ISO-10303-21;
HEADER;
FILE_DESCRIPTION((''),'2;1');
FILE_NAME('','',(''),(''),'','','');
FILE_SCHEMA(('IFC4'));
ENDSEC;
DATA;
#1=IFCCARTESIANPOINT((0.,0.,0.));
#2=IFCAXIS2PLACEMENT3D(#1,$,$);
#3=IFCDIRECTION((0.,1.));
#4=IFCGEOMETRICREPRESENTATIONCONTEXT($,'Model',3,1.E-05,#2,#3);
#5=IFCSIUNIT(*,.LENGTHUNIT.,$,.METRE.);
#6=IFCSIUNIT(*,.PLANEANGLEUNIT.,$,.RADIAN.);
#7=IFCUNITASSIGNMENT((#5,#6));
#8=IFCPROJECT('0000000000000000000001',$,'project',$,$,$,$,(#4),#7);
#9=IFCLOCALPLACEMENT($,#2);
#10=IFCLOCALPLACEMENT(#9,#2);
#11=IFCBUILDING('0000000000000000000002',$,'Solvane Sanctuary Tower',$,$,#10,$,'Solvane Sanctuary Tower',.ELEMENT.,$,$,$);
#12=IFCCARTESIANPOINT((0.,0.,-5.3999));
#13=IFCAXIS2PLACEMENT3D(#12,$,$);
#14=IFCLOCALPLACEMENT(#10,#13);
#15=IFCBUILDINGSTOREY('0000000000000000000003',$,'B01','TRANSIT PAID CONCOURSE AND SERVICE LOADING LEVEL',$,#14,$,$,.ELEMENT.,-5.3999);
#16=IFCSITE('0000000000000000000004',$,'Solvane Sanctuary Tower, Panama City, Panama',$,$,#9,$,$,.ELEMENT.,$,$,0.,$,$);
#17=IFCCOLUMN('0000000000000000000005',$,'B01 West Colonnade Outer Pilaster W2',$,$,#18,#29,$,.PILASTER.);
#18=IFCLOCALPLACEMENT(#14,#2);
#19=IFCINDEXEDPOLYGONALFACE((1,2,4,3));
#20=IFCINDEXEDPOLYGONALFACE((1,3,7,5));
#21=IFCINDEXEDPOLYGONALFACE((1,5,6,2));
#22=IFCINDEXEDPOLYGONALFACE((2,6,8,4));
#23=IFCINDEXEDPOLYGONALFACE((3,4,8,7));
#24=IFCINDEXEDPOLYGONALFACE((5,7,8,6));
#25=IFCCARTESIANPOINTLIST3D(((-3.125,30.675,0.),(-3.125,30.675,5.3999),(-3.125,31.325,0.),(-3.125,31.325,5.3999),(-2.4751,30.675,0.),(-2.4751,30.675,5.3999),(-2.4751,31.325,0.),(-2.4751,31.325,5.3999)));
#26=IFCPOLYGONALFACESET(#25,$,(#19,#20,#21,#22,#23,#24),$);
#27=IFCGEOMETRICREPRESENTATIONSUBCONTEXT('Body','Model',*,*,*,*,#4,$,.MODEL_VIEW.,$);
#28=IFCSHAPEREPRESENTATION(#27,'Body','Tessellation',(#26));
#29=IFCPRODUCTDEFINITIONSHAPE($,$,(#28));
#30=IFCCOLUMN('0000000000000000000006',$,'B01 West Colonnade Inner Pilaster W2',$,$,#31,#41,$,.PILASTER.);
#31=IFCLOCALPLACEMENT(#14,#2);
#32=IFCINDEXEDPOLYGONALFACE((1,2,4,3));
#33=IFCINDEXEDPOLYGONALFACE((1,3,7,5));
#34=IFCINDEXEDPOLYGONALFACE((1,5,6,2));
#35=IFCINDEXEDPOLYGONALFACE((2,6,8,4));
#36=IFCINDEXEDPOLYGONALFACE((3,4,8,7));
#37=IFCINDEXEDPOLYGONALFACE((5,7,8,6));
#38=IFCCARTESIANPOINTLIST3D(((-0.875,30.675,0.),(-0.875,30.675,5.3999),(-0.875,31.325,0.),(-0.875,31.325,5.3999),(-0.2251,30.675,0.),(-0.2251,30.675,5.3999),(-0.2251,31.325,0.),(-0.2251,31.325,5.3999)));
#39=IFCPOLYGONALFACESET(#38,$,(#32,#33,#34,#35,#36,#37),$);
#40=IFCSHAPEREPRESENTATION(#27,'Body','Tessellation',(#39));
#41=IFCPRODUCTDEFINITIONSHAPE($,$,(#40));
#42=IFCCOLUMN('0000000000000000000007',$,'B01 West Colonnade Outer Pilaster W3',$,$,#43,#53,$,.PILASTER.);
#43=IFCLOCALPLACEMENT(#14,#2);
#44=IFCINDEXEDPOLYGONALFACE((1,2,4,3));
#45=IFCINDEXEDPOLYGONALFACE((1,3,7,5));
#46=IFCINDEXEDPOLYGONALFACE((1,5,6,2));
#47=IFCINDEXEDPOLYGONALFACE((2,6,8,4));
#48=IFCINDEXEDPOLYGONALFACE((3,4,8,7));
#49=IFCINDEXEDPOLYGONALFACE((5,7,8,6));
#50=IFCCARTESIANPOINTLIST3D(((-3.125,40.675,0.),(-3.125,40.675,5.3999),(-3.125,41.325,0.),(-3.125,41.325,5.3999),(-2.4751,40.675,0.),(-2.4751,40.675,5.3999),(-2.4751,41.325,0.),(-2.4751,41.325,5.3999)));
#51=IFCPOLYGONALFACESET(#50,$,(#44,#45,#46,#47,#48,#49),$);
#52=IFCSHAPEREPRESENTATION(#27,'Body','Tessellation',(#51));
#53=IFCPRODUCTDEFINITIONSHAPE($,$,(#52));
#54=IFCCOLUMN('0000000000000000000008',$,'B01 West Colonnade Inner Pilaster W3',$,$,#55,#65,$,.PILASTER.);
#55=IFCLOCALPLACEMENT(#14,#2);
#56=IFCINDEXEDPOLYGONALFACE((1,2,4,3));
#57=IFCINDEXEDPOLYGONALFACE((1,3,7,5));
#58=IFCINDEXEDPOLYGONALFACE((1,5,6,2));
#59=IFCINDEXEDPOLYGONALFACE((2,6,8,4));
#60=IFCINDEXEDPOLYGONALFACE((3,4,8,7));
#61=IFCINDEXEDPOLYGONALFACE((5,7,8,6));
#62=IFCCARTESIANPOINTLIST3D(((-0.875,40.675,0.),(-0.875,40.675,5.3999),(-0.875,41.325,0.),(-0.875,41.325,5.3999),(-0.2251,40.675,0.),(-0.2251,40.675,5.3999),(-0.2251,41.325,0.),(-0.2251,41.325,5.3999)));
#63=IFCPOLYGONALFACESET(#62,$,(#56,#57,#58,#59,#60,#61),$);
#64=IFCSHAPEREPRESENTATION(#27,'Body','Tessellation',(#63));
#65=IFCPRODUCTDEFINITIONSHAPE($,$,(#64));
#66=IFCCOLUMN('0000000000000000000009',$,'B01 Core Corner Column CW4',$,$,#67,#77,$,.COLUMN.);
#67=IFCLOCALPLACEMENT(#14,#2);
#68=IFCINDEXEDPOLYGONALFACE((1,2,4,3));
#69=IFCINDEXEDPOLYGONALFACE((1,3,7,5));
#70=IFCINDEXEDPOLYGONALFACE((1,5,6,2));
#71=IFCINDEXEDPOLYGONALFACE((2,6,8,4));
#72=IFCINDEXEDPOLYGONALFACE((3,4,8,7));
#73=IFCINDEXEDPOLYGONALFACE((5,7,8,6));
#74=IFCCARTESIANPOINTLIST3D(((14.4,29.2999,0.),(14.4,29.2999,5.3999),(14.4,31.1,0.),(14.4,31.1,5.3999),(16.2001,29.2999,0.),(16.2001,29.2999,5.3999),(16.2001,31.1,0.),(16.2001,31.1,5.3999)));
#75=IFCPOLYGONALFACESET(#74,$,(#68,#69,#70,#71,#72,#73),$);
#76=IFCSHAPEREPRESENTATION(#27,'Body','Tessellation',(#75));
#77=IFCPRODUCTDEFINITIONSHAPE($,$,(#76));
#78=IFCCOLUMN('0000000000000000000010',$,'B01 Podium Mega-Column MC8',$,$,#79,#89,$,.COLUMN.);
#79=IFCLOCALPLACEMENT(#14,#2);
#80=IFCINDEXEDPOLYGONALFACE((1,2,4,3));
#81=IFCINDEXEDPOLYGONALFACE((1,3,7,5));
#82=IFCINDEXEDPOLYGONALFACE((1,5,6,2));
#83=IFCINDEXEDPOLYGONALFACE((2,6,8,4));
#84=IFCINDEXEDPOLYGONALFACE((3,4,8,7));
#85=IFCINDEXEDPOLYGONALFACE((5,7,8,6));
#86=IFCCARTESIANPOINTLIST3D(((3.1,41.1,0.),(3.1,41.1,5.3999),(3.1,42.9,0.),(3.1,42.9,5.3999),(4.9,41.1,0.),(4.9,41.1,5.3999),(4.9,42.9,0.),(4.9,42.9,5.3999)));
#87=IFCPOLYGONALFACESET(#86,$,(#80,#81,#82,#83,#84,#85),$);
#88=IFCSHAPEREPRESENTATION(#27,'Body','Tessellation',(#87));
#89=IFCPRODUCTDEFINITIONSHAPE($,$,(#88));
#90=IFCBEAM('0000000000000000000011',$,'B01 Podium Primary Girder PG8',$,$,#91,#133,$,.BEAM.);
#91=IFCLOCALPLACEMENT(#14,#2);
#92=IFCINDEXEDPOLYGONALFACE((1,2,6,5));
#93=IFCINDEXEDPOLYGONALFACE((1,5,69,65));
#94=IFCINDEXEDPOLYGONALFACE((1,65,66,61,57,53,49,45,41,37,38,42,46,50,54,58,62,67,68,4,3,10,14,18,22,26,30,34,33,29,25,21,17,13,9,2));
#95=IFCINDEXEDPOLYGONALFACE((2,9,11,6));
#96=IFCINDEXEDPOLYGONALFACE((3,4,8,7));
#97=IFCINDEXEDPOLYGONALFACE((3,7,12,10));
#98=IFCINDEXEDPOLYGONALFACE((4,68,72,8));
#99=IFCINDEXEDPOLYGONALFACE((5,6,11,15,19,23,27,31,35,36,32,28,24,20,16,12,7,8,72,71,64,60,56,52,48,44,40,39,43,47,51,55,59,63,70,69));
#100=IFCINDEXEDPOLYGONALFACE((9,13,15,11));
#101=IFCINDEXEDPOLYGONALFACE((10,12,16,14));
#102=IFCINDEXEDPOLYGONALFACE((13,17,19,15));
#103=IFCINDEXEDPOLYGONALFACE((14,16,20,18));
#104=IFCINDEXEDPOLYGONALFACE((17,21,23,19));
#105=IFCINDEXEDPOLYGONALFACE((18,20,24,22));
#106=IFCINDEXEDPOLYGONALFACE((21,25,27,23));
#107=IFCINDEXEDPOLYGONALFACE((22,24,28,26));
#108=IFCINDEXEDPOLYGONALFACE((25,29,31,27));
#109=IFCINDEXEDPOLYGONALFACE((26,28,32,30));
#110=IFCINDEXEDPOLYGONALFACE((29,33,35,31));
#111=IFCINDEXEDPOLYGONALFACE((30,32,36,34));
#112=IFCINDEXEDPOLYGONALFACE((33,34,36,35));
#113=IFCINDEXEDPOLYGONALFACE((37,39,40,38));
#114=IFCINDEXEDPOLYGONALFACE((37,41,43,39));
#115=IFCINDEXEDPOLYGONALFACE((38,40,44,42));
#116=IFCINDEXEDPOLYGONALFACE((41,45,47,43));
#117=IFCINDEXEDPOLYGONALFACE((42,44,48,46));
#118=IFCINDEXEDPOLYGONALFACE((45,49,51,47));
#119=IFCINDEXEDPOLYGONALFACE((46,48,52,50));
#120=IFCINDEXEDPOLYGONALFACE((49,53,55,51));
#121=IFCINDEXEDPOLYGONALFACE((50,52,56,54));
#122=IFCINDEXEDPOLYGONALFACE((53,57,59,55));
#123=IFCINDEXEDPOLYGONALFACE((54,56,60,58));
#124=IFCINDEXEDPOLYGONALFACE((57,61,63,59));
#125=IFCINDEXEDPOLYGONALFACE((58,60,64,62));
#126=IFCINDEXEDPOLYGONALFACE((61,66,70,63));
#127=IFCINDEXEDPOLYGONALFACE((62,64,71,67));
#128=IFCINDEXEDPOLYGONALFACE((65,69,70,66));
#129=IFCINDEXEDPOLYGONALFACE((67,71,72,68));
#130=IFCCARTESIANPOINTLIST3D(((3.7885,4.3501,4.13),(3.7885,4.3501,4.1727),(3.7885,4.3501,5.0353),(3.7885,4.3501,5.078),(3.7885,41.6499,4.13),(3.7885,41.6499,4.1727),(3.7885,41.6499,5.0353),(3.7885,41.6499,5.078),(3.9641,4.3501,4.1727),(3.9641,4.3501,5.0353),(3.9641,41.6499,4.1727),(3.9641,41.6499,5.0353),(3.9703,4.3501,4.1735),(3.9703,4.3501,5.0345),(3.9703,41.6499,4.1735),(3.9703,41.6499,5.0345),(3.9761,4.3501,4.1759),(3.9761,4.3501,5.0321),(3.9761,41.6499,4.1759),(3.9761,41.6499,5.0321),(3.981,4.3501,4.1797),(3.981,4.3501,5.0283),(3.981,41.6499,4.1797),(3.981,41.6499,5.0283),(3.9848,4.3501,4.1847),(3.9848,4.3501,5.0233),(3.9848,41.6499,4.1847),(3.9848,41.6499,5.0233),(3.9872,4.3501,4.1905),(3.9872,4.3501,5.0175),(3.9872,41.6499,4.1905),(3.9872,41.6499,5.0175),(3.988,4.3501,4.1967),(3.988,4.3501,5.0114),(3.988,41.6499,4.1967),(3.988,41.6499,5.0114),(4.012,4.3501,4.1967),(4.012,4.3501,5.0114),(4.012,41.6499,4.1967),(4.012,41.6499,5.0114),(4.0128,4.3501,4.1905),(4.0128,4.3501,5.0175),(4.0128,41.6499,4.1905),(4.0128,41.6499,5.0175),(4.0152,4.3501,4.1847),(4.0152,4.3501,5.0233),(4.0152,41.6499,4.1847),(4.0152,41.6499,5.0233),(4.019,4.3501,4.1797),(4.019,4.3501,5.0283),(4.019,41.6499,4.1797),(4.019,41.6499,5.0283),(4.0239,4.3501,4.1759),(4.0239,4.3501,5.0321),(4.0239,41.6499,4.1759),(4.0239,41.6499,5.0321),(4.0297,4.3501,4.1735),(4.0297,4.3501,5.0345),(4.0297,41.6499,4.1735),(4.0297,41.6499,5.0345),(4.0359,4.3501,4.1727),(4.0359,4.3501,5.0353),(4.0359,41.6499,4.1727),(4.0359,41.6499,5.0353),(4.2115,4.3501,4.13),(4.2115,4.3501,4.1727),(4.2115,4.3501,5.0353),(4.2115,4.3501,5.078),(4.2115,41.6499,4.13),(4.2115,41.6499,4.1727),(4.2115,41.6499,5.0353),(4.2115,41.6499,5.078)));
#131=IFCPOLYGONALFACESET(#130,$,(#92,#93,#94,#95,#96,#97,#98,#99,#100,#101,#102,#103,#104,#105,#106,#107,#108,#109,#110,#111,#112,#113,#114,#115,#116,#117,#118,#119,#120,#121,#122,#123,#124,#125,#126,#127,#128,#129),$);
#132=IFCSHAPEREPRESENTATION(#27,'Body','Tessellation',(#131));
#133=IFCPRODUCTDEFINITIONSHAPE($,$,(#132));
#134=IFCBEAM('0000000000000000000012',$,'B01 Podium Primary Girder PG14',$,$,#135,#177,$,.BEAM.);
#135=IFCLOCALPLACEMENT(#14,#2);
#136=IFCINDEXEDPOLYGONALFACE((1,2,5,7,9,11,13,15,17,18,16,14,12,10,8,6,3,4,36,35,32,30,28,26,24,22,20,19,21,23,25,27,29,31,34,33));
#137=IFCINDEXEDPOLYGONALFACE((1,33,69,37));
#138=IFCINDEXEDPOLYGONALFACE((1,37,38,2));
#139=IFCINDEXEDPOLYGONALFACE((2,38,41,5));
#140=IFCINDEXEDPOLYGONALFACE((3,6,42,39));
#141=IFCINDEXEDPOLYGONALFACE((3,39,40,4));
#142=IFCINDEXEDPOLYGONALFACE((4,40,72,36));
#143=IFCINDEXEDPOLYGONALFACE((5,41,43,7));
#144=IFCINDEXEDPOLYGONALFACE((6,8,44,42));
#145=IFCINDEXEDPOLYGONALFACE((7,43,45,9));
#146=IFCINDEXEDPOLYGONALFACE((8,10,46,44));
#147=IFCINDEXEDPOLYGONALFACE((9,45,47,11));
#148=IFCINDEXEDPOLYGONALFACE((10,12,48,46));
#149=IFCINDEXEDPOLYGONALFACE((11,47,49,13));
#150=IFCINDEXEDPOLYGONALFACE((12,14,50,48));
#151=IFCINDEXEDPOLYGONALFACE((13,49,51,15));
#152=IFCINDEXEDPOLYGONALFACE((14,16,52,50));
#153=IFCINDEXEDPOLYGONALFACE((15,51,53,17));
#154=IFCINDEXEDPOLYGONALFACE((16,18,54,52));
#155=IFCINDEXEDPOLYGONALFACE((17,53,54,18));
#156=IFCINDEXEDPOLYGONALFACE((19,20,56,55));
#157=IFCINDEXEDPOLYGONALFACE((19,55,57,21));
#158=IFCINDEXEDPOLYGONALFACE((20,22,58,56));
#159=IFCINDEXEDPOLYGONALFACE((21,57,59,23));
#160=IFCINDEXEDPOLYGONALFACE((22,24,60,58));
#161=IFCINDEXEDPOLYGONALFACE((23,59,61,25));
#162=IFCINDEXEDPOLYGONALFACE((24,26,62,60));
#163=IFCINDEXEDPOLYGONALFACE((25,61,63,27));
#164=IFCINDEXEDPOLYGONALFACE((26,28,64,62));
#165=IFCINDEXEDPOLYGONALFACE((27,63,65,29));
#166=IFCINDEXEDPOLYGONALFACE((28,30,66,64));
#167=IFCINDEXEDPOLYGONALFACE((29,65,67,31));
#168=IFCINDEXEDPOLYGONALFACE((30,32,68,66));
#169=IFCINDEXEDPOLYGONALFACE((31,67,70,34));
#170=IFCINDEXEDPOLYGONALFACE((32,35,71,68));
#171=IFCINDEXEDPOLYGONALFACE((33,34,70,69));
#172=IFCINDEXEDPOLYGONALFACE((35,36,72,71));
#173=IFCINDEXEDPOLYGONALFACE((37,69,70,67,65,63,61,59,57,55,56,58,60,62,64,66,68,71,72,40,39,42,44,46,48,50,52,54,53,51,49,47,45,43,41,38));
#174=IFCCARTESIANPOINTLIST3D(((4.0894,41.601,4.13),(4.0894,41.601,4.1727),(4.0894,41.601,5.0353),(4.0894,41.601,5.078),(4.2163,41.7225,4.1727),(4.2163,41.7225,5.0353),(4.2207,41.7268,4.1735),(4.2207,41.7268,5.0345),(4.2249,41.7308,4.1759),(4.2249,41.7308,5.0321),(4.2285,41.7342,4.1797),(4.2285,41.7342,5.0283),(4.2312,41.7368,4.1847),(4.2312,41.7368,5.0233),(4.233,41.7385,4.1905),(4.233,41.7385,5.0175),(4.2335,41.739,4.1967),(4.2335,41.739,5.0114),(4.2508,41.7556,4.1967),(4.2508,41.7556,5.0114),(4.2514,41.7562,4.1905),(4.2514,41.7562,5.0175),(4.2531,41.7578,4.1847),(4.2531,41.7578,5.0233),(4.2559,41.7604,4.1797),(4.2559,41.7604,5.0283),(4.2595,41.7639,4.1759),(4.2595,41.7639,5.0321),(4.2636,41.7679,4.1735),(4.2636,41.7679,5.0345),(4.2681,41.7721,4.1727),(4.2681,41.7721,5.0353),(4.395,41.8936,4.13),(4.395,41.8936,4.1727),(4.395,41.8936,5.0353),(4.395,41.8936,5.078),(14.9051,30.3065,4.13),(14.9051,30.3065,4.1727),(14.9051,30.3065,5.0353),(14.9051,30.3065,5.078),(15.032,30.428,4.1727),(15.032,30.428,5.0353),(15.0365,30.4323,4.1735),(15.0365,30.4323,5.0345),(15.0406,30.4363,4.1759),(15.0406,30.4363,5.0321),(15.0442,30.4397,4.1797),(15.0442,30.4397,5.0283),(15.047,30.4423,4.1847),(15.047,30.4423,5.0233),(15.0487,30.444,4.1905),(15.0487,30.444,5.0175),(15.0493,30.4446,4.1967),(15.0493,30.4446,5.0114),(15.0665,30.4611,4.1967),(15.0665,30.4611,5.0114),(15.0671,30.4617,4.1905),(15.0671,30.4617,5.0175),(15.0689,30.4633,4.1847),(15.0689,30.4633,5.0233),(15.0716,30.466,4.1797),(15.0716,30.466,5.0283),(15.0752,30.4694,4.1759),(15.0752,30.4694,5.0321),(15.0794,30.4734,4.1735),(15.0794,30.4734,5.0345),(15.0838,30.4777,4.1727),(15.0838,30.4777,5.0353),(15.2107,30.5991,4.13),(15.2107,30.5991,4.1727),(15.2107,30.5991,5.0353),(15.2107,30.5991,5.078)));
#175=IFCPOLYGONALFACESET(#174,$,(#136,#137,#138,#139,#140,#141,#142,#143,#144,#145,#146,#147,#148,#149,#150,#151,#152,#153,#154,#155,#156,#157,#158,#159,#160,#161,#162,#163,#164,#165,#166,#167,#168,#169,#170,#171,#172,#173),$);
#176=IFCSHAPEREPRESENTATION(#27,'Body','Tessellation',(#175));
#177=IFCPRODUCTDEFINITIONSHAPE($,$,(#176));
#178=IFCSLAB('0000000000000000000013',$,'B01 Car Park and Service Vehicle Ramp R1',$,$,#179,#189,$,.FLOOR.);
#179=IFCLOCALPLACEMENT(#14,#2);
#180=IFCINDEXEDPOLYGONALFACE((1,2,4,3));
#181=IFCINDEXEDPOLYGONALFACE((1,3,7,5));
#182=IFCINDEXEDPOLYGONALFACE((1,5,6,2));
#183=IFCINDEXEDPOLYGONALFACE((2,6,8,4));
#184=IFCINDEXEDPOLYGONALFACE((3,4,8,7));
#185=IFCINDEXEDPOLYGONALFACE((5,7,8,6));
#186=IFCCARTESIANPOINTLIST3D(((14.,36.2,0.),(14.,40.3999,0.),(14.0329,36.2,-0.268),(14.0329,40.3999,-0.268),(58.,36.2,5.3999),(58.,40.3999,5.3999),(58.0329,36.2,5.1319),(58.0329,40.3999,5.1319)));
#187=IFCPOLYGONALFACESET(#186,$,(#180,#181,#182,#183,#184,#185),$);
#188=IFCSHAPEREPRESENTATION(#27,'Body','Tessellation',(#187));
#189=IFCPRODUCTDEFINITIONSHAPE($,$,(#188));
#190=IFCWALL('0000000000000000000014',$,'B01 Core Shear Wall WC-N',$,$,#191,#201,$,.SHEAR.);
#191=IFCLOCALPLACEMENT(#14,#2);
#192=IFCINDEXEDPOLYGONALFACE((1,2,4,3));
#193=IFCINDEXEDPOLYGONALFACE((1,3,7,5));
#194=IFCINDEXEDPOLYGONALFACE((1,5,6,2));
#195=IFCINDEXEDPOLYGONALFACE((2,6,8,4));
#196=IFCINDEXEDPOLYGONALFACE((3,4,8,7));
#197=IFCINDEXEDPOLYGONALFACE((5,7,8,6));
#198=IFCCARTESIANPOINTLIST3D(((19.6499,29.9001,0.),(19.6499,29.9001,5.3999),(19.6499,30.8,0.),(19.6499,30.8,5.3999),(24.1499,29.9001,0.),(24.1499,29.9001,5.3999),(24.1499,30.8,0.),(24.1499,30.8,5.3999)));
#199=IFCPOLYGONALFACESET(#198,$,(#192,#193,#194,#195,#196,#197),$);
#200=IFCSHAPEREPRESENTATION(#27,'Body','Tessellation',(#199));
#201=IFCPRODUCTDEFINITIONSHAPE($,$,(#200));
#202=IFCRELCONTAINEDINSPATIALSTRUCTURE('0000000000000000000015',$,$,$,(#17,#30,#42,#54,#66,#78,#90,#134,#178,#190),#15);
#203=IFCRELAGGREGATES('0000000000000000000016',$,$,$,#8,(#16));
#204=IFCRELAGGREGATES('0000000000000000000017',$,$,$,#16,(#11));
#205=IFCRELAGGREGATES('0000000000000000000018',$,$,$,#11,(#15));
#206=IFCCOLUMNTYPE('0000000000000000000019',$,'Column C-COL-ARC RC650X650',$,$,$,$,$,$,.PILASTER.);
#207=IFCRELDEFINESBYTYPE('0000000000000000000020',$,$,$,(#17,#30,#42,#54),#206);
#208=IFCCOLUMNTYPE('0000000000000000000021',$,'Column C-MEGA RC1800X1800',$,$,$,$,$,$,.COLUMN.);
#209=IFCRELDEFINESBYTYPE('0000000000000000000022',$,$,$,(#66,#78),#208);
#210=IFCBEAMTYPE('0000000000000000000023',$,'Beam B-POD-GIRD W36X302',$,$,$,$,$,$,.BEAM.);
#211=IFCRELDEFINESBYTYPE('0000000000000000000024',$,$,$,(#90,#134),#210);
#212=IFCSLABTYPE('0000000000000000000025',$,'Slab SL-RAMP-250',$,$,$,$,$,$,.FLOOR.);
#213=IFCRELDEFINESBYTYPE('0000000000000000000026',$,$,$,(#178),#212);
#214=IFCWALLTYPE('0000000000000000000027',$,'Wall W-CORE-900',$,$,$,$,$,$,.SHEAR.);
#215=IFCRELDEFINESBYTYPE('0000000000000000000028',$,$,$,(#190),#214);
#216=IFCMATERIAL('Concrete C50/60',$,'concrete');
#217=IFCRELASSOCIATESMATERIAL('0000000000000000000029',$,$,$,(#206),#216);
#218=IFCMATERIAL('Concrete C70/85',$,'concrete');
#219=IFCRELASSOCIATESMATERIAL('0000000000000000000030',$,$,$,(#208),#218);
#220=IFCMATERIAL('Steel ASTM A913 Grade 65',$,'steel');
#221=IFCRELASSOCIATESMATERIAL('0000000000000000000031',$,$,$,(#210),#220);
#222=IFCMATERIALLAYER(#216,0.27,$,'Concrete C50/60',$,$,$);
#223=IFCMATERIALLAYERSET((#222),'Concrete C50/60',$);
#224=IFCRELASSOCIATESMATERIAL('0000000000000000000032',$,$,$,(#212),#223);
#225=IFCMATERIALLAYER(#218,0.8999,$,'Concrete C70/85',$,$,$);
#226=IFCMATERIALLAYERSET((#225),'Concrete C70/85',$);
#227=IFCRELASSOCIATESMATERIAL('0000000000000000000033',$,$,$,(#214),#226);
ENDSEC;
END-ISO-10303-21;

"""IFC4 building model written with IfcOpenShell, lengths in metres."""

from ifc_helpers import new_model, si_unit, direction, frame, frame_2d, origin, origin_2d, place, context, subcontext, project, spatial, polyline, rectangle, i_section, outline, extrude, material, layer, layer_set, material_profile, profile_set, type_object, element, save


model = new_model("IFC4")

# Units and contexts
model_context = context("Model", 3, precision=1e-05, world=origin(), true_north=direction((0.0, 1.0)))
body_context = subcontext(model_context, "Body", "Model", "MODEL_VIEW")
ifc_project = project(units=[si_unit("LENGTHUNIT", "METRE"), si_unit("PLANEANGLEUNIT", "RADIAN")], contexts=[model_context])

# Site, building, storey
site_placement = place(None, origin())
site = spatial("IfcSite", under=ifc_project, at=site_placement, Name="Solvane Sanctuary Tower, Panama City, Panama", CompositionType="ELEMENT", RefElevation=0.0)
building_placement = place(site_placement, origin())
building = spatial("IfcBuilding", under=site, at=building_placement, Name="Solvane Sanctuary Tower", LongName="Solvane Sanctuary Tower", CompositionType="ELEMENT")
storey_placement = place(building_placement, frame((0.0, 0.0, -5.3999)))
storey = spatial("IfcBuildingStorey", under=building, at=storey_placement, Name="B01", Description="TRANSIT PAID CONCOURSE AND SERVICE LOADING LEVEL", CompositionType="ELEMENT", Elevation=-5.3999)

# Columns
ifc_material_1 = material(Name="Concrete C50/60", Category="concrete")
ifc_material_profile_1 = material_profile(ifc_material_1, rectangle(XDim=0.6499, YDim=0.6499, at=origin_2d()), Name="RC650X650")
ifc_profile_set_1 = profile_set([ifc_material_profile_1], Name="Concrete C50/60")
column_type_1 = type_object("IfcColumnType", Name="Column C-COL-ARC RC650X650", PredefinedType="PILASTER", material=ifc_profile_set_1)
for number, where, z_axis, x_axis, name in (
    (1, (-2.8, 31.0, 0.0), (0.0, 0.0, 1.0), (1.0, 0.0, 0.0), "B01 West Colonnade Outer Pilaster W2"),
    (2, (-0.55, 31.0, 0.0), (0.0, 0.0, 1.0), (1.0, 0.0, 0.0), "B01 West Colonnade Inner Pilaster W2"),
    (3, (-2.8, 41.0, 0.0), (0.0, 0.0, 1.0), (1.0, 0.0, 0.0), "B01 West Colonnade Outer Pilaster W3"),
    (4, (-0.55, 41.0, 0.0), (0.0, 0.0, 1.0), (1.0, 0.0, 0.0), "B01 West Colonnade Inner Pilaster W3"),
):
    element("IfcColumn", number, at=place(storey_placement, frame(where, z_axis=z_axis, x_axis=x_axis)), inside=storey, type_object=column_type_1, Name=name, PredefinedType="PILASTER", context=body_context, shape_type="SweptSolid", body=[
        extrude(rectangle(XDim=0.6499, YDim=0.6499, at=origin_2d()), origin(), (0.0, 0.0, 1.0), 5.3999),
    ])
ifc_material_2 = material(Name="Concrete C70/85", Category="concrete")
ifc_material_profile_2 = material_profile(ifc_material_2, rectangle(XDim=1.8, YDim=1.8, at=origin_2d()), Name="RC1800X1800")
ifc_profile_set_2 = profile_set([ifc_material_profile_2], Name="Concrete C70/85")
column_type_2 = type_object("IfcColumnType", Name="Column C-MEGA RC1800X1800", PredefinedType="COLUMN", material=ifc_profile_set_2)
for number, where, z_axis, x_axis, name in (
    (5, (15.3, 30.2, 0.0), (0.0, 0.0, 1.0), (1.0, 0.0, 0.0), "B01 Core Corner Column CW4"),
    (6, (4.0, 42.0, 0.0), (0.0, 0.0, 1.0), (1.0, 0.0, 0.0), "B01 Podium Mega-Column MC8"),
):
    element("IfcColumn", number, at=place(storey_placement, frame(where, z_axis=z_axis, x_axis=x_axis)), inside=storey, type_object=column_type_2, Name=name, PredefinedType="COLUMN", context=body_context, shape_type="SweptSolid", body=[
        extrude(rectangle(XDim=1.8, YDim=1.8, at=origin_2d()), origin(), (0.0, 0.0, 1.0), 5.3999),
    ])

# Beams
ifc_material_3 = material(Name="Steel ASTM A913 Grade 65", Category="steel")
ifc_material_profile_3 = material_profile(ifc_material_3, i_section(OverallWidth=0.4231, OverallDepth=0.948, WebThickness=0.0239, FlangeThickness=0.0427, FilletRadius=0.0239, at=origin_2d()), Name="W36X302")
ifc_profile_set_3 = profile_set([ifc_material_profile_3], Name="Steel ASTM A913 Grade 65")
beam_type = type_object("IfcBeamType", Name="Beam B-POD-GIRD W36X302", PredefinedType="BEAM", material=ifc_profile_set_3)
beam_1_placement = place(storey_placement, frame((4.0, 41.6499, 4.604), z_axis=(0.0, -1.0, 0.0), x_axis=(1.0, 0.0, 0.0)))
element("IfcBeam", 7, at=beam_1_placement, inside=storey, type_object=beam_type, Name="B01 Podium Primary Girder PG8", PredefinedType="BEAM", context=body_context, shape_type="SweptSolid", body=[
    extrude(i_section(OverallWidth=0.4231, OverallDepth=0.948, WebThickness=0.0239, FlangeThickness=0.0427, FilletRadius=0.0239, at=origin_2d()), origin(), (0.0, 0.0, 1.0), 37.2998),
])
beam_2_placement = place(storey_placement, frame((4.2422, 41.7473, 4.604), z_axis=(0.691633, -0.722249, 0.0), x_axis=(0.722249, 0.691633, 0.0)))
element("IfcBeam", 8, at=beam_2_placement, inside=storey, type_object=beam_type, Name="B01 Podium Primary Girder PG14", PredefinedType="BEAM", context=body_context, shape_type="SweptSolid", body=[
    extrude(i_section(OverallWidth=0.4231, OverallDepth=0.948, WebThickness=0.0239, FlangeThickness=0.0427, FilletRadius=0.0239, at=origin_2d()), origin(), (0.0, 0.0, 1.0), 15.6379),
])

# Slab
ifc_layer_1 = layer(ifc_material_1, 0.27, Name="Concrete C50/60")
ifc_layer_set_1 = layer_set([ifc_layer_1], Name="Concrete C50/60")
slab_type = type_object("IfcSlabType", Name="Slab SL-RAMP-250", PredefinedType="FLOOR", material=ifc_layer_set_1)
slab_placement = place(storey_placement, frame((14.0, 36.2, 0.0), z_axis=(-0.121811, 0.0, 0.992553), x_axis=(0.992553, 0.0, 0.121811)))
element("IfcSlab", 9, at=slab_placement, inside=storey, type_object=slab_type, Name="B01 Car Park and Service Vehicle Ramp R1", PredefinedType="FLOOR", context=body_context, shape_type="SweptSolid", body=[
    extrude(outline(polyline([(0.0, 0.0), (44.3301, 0.0), (44.3301, 4.2), (0.0, 4.2), (0.0, 0.0)])), origin(), (0.0, 0.0, -1.0), 0.27),
])

# Wall
ifc_layer_2 = layer(ifc_material_2, 0.8999, Name="Concrete C70/85")
ifc_layer_set_2 = layer_set([ifc_layer_2], Name="Concrete C70/85")
wall_type_1 = type_object("IfcWallType", Name="Wall W-CORE-900", PredefinedType="SHEAR", material=ifc_layer_set_2)
wall_1_placement = place(storey_placement, frame((19.6499, 30.3501, 0.0), z_axis=(0.0, 0.0, 1.0), x_axis=(1.0, 0.0, 0.0)))
element("IfcWall", 10, at=wall_1_placement, inside=storey, type_object=wall_type_1, Name="B01 Core Shear Wall WC-N", PredefinedType="SHEAR", context=body_context, shape_type="SweptSolid", body=[
    extrude(rectangle(XDim=4.5, YDim=0.8999, at=frame_2d((2.25, 0.0))), origin(), (0.0, 0.0, 1.0), 5.3999),
])

save(model, "model.ifc")
